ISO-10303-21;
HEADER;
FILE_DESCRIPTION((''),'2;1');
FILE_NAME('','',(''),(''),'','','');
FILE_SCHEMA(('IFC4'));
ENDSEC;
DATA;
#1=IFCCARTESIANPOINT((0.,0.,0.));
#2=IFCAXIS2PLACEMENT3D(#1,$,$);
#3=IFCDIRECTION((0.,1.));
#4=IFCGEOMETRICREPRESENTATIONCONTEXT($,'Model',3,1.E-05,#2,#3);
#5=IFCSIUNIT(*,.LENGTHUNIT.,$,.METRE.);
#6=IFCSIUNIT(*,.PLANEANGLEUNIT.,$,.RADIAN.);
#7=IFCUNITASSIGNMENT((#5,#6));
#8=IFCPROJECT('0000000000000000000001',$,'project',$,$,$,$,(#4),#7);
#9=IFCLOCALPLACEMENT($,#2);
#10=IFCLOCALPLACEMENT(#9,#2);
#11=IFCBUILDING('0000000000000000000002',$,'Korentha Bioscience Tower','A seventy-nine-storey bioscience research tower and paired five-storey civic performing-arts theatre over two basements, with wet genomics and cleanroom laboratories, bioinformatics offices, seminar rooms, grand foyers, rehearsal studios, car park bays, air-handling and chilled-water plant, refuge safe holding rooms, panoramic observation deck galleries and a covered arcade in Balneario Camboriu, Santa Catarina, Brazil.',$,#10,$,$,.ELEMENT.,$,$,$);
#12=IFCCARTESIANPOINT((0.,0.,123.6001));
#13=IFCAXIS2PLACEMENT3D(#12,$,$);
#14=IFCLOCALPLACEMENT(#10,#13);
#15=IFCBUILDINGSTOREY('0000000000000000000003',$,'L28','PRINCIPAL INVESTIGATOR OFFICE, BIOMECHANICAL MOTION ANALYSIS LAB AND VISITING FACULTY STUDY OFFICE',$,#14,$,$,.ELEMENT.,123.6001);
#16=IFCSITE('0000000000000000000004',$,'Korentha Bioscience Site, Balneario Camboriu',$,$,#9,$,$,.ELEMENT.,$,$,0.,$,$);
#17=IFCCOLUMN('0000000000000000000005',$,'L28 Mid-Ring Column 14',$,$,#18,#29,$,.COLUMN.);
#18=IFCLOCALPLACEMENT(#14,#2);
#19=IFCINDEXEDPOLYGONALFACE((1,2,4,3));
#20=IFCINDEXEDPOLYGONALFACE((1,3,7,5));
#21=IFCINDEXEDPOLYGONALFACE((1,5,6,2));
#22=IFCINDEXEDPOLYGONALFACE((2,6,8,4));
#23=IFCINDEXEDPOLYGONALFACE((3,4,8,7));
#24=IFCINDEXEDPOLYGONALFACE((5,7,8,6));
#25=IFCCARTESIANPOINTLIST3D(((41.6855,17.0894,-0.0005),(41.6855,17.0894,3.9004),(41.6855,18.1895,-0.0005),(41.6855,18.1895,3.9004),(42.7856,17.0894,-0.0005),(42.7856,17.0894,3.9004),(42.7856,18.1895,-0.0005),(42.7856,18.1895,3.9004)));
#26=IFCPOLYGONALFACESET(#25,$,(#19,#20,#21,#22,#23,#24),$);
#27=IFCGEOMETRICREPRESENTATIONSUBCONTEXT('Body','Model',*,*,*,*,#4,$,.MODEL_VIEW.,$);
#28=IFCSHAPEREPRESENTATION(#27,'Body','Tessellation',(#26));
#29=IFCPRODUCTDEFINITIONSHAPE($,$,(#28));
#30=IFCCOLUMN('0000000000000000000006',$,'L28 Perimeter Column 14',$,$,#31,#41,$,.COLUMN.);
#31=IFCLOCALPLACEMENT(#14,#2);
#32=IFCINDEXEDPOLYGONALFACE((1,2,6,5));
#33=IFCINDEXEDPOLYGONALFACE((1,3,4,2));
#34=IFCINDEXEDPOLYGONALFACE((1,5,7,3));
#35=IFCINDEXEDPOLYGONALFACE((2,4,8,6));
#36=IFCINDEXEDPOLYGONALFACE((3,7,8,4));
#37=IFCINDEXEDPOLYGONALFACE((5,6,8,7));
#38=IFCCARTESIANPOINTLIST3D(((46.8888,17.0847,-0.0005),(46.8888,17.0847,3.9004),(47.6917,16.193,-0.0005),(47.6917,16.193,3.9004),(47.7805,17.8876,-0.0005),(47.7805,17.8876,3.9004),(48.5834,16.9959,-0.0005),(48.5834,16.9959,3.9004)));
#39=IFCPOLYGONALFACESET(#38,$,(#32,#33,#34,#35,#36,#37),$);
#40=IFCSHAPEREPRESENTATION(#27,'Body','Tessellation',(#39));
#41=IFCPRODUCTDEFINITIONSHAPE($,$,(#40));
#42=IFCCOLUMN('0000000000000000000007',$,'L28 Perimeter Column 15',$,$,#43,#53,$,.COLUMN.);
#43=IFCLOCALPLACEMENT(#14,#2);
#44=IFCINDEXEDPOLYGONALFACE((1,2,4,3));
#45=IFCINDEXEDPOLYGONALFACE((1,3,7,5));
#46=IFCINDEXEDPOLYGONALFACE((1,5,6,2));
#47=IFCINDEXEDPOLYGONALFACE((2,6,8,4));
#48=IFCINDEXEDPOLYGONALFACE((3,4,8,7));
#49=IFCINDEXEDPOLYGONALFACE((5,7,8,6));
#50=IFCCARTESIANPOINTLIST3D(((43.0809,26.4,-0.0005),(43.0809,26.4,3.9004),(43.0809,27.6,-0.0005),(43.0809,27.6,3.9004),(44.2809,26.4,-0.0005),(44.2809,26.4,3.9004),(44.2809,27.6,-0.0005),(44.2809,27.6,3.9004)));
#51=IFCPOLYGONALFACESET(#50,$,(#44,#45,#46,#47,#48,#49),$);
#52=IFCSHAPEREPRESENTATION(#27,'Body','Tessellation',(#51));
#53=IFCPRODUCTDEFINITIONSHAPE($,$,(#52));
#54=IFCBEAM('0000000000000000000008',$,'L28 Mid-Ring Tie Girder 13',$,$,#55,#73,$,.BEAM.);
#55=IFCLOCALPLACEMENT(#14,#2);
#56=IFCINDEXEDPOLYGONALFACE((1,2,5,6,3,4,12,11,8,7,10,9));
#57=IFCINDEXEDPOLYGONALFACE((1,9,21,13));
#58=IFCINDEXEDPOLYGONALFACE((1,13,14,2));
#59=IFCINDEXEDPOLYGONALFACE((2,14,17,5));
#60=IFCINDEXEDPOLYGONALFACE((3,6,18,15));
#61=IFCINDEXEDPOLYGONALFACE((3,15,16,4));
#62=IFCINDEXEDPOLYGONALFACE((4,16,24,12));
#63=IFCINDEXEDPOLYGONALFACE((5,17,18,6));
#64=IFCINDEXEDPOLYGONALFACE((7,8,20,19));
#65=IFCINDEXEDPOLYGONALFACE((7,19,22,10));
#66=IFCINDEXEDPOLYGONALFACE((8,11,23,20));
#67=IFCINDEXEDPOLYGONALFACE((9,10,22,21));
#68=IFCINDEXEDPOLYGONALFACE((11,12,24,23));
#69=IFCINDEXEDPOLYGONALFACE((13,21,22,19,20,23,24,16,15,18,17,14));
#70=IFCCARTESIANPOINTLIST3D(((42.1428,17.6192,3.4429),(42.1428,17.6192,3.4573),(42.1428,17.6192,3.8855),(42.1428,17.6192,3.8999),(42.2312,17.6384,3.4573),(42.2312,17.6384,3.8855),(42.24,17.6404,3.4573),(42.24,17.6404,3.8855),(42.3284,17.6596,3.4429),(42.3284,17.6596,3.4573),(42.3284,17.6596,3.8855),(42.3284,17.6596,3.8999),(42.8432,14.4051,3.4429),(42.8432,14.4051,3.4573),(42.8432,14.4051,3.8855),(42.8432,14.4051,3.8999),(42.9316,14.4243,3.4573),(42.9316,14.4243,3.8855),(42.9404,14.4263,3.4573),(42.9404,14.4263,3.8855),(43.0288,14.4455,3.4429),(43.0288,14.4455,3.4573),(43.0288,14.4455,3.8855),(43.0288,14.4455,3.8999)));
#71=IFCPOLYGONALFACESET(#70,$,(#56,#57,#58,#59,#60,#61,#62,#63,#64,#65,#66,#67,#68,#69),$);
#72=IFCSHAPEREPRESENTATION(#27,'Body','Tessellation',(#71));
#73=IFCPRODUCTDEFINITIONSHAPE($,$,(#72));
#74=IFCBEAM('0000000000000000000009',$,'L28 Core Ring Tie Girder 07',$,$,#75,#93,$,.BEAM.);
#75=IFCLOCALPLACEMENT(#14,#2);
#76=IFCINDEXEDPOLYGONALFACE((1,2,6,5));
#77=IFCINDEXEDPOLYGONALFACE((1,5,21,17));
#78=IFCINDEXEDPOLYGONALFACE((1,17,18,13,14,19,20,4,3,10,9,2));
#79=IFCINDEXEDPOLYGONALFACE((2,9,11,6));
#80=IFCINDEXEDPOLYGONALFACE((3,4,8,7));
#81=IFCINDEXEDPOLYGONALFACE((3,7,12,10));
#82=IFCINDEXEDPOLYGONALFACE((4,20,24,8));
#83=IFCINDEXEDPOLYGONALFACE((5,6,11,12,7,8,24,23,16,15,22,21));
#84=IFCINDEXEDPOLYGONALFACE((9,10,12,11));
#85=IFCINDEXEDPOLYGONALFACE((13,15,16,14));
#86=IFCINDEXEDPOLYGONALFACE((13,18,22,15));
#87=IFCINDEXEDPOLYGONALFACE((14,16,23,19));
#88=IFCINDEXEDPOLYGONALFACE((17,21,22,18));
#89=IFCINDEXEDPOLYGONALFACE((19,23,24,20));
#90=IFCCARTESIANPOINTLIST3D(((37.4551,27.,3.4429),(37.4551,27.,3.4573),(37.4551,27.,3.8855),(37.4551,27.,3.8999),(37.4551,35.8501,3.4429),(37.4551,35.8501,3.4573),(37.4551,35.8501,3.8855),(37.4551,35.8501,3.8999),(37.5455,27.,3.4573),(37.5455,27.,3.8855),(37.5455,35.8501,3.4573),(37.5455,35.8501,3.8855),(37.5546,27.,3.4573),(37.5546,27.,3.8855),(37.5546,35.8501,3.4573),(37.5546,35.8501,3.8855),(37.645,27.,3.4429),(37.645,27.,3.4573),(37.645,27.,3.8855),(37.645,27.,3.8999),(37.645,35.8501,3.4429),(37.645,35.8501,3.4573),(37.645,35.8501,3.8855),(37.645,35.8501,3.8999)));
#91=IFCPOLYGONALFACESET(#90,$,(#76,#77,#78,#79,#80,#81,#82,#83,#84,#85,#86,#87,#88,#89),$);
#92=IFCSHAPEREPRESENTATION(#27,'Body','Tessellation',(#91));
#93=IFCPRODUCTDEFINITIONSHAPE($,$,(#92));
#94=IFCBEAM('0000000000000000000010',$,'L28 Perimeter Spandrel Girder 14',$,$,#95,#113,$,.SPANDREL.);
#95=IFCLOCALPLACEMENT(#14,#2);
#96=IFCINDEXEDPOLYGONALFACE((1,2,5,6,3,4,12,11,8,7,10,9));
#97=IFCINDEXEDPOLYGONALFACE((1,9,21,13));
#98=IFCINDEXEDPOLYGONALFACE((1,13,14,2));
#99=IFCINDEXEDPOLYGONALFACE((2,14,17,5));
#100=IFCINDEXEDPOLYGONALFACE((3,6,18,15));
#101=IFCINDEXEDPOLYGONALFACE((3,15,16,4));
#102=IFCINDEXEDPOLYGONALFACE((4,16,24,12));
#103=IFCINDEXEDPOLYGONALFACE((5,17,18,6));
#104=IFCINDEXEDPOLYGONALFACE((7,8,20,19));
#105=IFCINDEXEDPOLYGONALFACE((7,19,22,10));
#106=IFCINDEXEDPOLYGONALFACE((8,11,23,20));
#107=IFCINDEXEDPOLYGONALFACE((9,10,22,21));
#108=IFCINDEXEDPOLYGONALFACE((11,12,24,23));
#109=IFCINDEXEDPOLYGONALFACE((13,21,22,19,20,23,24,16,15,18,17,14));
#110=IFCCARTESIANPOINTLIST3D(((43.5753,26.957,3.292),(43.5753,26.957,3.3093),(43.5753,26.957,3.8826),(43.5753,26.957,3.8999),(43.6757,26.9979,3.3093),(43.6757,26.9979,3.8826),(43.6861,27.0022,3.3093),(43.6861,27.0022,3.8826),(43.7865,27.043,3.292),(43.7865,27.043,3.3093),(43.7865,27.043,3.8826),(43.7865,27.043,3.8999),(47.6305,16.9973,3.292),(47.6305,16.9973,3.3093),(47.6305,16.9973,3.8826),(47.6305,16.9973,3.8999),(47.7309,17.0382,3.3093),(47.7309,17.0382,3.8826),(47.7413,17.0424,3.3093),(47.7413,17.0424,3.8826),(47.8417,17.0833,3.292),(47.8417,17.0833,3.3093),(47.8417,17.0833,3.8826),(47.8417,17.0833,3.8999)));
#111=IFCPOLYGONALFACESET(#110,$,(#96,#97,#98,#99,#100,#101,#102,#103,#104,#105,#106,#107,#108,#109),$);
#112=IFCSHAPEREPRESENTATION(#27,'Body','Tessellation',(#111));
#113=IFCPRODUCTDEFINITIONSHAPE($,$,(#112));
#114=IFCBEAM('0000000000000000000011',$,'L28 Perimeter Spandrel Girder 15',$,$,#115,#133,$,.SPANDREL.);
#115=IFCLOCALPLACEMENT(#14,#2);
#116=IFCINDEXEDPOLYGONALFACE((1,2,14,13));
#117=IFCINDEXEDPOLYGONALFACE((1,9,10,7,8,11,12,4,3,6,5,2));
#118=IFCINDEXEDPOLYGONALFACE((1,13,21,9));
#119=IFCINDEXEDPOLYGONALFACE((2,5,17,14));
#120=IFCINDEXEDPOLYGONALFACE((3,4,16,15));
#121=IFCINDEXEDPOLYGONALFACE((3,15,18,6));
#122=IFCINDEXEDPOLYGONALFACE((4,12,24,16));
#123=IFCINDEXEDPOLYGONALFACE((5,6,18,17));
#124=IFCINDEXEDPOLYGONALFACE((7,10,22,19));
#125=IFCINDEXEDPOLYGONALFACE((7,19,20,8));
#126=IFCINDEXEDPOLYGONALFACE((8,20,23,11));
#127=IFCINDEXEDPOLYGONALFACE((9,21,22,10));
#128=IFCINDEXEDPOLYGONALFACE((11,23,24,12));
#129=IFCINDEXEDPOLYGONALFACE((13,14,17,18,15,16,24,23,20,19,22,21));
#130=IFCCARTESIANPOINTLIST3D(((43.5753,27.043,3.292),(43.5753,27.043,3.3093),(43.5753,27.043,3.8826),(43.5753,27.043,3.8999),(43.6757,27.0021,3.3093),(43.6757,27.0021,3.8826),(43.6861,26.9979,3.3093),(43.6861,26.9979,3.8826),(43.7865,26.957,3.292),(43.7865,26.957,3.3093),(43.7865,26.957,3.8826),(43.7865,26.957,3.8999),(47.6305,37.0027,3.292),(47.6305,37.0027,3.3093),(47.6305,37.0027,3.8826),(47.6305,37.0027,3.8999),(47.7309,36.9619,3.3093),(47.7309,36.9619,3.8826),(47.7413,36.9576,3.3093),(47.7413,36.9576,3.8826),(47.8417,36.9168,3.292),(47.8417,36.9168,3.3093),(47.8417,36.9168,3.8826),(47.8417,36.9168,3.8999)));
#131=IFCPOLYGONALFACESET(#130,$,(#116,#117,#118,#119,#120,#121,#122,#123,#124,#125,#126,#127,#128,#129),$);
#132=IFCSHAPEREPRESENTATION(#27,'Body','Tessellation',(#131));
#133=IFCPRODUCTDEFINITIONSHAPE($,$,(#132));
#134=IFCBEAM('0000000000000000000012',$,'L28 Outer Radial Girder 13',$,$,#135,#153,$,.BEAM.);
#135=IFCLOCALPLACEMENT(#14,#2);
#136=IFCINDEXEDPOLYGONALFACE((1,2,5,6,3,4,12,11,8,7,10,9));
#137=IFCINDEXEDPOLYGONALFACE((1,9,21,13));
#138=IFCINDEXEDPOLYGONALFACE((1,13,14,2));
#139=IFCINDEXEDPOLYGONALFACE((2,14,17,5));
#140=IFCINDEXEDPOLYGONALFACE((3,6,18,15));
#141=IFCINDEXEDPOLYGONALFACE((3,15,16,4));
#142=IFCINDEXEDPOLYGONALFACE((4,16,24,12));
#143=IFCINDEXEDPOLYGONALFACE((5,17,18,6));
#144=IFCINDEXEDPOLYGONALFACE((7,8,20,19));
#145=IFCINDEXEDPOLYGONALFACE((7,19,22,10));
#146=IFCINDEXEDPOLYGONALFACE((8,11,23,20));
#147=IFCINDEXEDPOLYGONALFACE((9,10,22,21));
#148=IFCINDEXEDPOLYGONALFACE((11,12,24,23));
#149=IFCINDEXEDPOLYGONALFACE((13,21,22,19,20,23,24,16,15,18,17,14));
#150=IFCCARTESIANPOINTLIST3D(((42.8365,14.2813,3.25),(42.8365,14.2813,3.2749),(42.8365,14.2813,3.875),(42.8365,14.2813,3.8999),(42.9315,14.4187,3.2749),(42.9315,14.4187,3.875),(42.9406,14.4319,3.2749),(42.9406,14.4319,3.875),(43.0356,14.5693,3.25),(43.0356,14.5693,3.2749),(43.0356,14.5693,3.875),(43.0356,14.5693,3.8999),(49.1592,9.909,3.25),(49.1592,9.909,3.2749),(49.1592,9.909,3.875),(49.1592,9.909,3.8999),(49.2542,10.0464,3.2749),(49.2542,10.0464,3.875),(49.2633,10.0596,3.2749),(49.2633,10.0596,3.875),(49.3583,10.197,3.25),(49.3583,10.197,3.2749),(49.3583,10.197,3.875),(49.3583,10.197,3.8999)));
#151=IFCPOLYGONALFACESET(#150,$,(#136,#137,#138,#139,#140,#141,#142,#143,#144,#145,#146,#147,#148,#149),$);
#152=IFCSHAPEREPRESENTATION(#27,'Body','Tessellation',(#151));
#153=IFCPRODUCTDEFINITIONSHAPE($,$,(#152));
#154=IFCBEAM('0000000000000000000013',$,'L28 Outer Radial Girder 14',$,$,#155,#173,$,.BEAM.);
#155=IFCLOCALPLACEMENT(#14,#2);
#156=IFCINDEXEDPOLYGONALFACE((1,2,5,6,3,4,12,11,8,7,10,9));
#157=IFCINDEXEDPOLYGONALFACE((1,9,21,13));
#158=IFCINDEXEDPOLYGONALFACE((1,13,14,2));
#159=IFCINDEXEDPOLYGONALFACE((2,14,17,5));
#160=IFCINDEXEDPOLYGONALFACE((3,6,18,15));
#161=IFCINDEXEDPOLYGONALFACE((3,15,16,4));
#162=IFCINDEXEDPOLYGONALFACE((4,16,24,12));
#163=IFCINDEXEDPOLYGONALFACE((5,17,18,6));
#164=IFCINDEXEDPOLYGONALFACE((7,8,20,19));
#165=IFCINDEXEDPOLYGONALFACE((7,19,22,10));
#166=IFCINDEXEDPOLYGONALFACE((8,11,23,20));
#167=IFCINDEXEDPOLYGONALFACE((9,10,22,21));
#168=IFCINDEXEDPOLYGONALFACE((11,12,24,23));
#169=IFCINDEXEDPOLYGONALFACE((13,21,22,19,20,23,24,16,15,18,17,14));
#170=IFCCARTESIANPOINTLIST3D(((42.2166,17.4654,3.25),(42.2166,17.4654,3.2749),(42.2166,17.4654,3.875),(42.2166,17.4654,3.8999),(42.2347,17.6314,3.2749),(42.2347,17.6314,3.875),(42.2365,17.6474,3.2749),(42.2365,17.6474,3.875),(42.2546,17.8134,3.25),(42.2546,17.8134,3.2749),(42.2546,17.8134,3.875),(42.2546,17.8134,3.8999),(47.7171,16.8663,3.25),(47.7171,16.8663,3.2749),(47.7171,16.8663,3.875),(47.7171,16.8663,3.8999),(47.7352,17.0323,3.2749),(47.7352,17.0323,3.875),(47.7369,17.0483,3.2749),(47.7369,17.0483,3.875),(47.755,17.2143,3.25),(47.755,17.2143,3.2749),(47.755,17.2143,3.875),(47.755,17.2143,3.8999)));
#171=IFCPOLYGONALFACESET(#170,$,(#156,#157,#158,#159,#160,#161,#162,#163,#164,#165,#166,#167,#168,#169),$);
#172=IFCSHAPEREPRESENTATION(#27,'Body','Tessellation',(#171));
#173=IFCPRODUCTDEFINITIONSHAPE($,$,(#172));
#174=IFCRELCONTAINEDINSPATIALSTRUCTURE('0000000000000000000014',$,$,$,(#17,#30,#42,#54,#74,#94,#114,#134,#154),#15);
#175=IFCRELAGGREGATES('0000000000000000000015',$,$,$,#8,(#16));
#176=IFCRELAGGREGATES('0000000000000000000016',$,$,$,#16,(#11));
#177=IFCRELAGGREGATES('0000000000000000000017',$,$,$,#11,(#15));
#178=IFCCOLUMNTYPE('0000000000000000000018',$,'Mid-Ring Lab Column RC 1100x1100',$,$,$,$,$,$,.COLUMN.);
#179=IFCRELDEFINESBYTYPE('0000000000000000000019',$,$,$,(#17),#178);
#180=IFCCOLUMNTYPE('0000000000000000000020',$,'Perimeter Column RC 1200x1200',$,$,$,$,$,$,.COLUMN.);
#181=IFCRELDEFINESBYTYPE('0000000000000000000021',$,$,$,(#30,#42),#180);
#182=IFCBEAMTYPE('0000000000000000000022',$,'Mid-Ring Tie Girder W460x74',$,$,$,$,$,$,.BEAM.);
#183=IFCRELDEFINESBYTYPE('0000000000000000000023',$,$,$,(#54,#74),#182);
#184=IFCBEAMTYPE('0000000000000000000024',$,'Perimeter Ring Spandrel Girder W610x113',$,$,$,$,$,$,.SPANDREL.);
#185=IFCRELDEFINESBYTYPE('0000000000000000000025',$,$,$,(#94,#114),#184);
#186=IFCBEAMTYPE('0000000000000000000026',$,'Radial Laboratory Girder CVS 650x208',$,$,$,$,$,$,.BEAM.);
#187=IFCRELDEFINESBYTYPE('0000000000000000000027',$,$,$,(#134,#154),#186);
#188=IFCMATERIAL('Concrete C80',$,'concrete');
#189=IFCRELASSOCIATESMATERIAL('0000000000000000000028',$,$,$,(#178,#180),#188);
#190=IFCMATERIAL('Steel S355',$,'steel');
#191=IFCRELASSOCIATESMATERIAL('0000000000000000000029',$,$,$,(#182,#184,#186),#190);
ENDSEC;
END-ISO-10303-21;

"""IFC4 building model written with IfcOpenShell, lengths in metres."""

from ifc_helpers import new_model, si_unit, direction, frame, origin, origin_2d, place, context, subcontext, project, spatial, rectangle, i_section, extrude, material, material_profile, profile_set, type_object, element, save


model = new_model("IFC4")

# Units and contexts
model_context = context("Model", 3, precision=1e-05, world=origin(), true_north=direction((0.0, 1.0)))
body_context = subcontext(model_context, "Body", "Model", "MODEL_VIEW")
ifc_project = project(units=[si_unit("LENGTHUNIT", "METRE"), si_unit("PLANEANGLEUNIT", "RADIAN")], contexts=[model_context])

# Site, building, storey
site_placement = place(None, origin())
site = spatial("IfcSite", under=ifc_project, at=site_placement, Name="Korentha Bioscience Site, Balneario Camboriu", CompositionType="ELEMENT", RefElevation=0.0)
building_placement = place(site_placement, origin())
building = spatial("IfcBuilding", under=site, at=building_placement, Name="Korentha Bioscience Tower", Description="A seventy-nine-storey bioscience research tower and paired five-storey civic performing-arts theatre over two basements, with wet genomics and cleanroom laboratories, bioinformatics offices, seminar rooms, grand foyers, rehearsal studios, car park bays, air-handling and chilled-water plant, refuge safe holding rooms, panoramic observation deck galleries and a covered arcade in Balneario Camboriu, Santa Catarina, Brazil.", CompositionType="ELEMENT")
storey_placement = place(building_placement, frame((0.0, 0.0, 123.6001)))
storey = spatial("IfcBuildingStorey", under=building, at=storey_placement, Name="L28", Description="PRINCIPAL INVESTIGATOR OFFICE, BIOMECHANICAL MOTION ANALYSIS LAB AND VISITING FACULTY STUDY OFFICE", CompositionType="ELEMENT", Elevation=123.6001)

# Columns
ifc_material_1 = material(Name="Concrete C80", Category="concrete")
ifc_material_profile_1 = material_profile(ifc_material_1, rectangle(XDim=1.1001, YDim=1.1001, at=origin_2d()), Name="Concrete C80")
ifc_profile_set_1 = profile_set([ifc_material_profile_1], Name="Concrete C80 (COL-MR11)")
column_type_1 = type_object("IfcColumnType", Name="Mid-Ring Lab Column RC 1100x1100", PredefinedType="COLUMN", material=ifc_profile_set_1)
column_placement = place(storey_placement, frame((42.2356, 17.6394, -0.0005), z_axis=(0.0, 0.0, 1.0), x_axis=(1.0, 0.0, 0.0)))
element("IfcColumn", 1, at=column_placement, inside=storey, type_object=column_type_1, Name="L28 Mid-Ring Column 14", PredefinedType="COLUMN", context=body_context, shape_type="SweptSolid", body=[
    extrude(rectangle(XDim=1.1001, YDim=1.1001, at=origin_2d()), origin(), (0.0, 0.0, 1.0), 3.9009),
])
ifc_material_profile_2 = material_profile(ifc_material_1, rectangle(XDim=1.2, YDim=1.2, at=origin_2d()), Name="Concrete C80")
ifc_profile_set_2 = profile_set([ifc_material_profile_2], Name="Concrete C80 (COL-P12)")
column_type_2 = type_object("IfcColumnType", Name="Perimeter Column RC 1200x1200", PredefinedType="COLUMN", material=ifc_profile_set_2)
for number, where, z_axis, x_axis, name in (
    (2, (47.7361, 17.0403, -0.0005), (0.0, 0.0, 1.0), (-0.669131, 0.743145, 0.0), "L28 Perimeter Column 14"),
    (3, (43.6809, 27.0, -0.0005), (0.0, 0.0, 1.0), (0.0, 1.0, 0.0), "L28 Perimeter Column 15"),
):
    element("IfcColumn", number, at=place(storey_placement, frame(where, z_axis=z_axis, x_axis=x_axis)), inside=storey, type_object=column_type_2, Name=name, PredefinedType="COLUMN", context=body_context, shape_type="SweptSolid", body=[
        extrude(rectangle(XDim=1.2, YDim=1.2, at=origin_2d()), origin(), (0.0, 0.0, 1.0), 3.9009),
    ])

# Beams
ifc_material_2 = material(Name="Steel S355", Category="steel")
ifc_material_profile_3 = material_profile(ifc_material_2, i_section(OverallWidth=0.1899, OverallDepth=0.457, WebThickness=0.009, FlangeThickness=0.0144, at=origin_2d()), Name="Steel S355")
ifc_profile_set_3 = profile_set([ifc_material_profile_3], Name="Steel S355 (MB-460)")
beam_type_1 = type_object("IfcBeamType", Name="Mid-Ring Tie Girder W460x74", PredefinedType="BEAM", material=ifc_profile_set_3)
beam_1_placement = place(storey_placement, frame((42.936, 14.4253, 3.6714), z_axis=(-0.212929, 0.977068, 0.0), x_axis=(-0.977068, -0.212929, 0.0)))
element("IfcBeam", 4, at=beam_1_placement, inside=storey, type_object=beam_type_1, Name="L28 Mid-Ring Tie Girder 13", PredefinedType="BEAM", context=body_context, shape_type="SweptSolid", body=[
    extrude(i_section(OverallWidth=0.1899, OverallDepth=0.457, WebThickness=0.009, FlangeThickness=0.0144, at=origin_2d()), origin(), (0.0, 0.0, 1.0), 3.2896),
])
beam_2_placement = place(storey_placement, frame((37.55, 27.0, 3.6714), z_axis=(0.0, 1.0, 0.0), x_axis=(-1.0, 0.0, 0.0)))
element("IfcBeam", 5, at=beam_2_placement, inside=storey, type_object=beam_type_1, Name="L28 Core Ring Tie Girder 07", PredefinedType="BEAM", context=body_context, shape_type="SweptSolid", body=[
    extrude(i_section(OverallWidth=0.1899, OverallDepth=0.457, WebThickness=0.009, FlangeThickness=0.0144, at=origin_2d()), origin(), (0.0, 0.0, 1.0), 8.8501),
])
ifc_material_profile_4 = material_profile(ifc_material_2, i_section(OverallWidth=0.228, OverallDepth=0.6079, WebThickness=0.0112, FlangeThickness=0.0173, at=origin_2d()), Name="Steel S355")
ifc_profile_set_4 = profile_set([ifc_material_profile_4], Name="Steel S355 (SB-610)")
beam_type_2 = type_object("IfcBeamType", Name="Perimeter Ring Spandrel Girder W610x113", PredefinedType="SPANDREL", material=ifc_profile_set_4)
for number, where, z_axis, x_axis, name in (
    (6, (47.7361, 17.0403, 3.5959), (-0.377099, 0.926173, 0.0), (-0.926173, -0.377099, 0.0), "L28 Perimeter Spandrel Girder 14"),
    (7, (43.6809, 27.0, 3.5959), (0.377099, 0.926173, 0.0), (-0.926173, 0.377099, 0.0), "L28 Perimeter Spandrel Girder 15"),
):
    element("IfcBeam", number, at=place(storey_placement, frame(where, z_axis=z_axis, x_axis=x_axis)), inside=storey, type_object=beam_type_2, Name=name, PredefinedType="SPANDREL", context=body_context, shape_type="SweptSolid", body=[
        extrude(i_section(OverallWidth=0.228, OverallDepth=0.6079, WebThickness=0.0112, FlangeThickness=0.0173, at=origin_2d()), origin(), (0.0, 0.0, 1.0), 10.7537),
    ])
ifc_material_profile_5 = material_profile(ifc_material_2, i_section(OverallWidth=0.3501, OverallDepth=0.6499, WebThickness=0.0161, FlangeThickness=0.0249, at=origin_2d()), Name="Steel S355")
ifc_profile_set_5 = profile_set([ifc_material_profile_5], Name="Steel S355 (RB-650)")
beam_type_3 = type_object("IfcBeamType", Name="Radial Laboratory Girder CVS 650x208", PredefinedType="BEAM", material=ifc_profile_set_5)
beam_3_placement = place(storey_placement, frame((42.936, 14.4253, 3.575), z_axis=(0.822495, -0.568772, 0.0), x_axis=(0.568772, 0.822495, 0.0)))
element("IfcBeam", 8, at=beam_3_placement, inside=storey, type_object=beam_type_3, Name="L28 Outer Radial Girder 13", PredefinedType="BEAM", context=body_context, shape_type="SweptSolid", body=[
    extrude(i_section(OverallWidth=0.3501, OverallDepth=0.6499, WebThickness=0.0161, FlangeThickness=0.0249, at=origin_2d()), origin(), (0.0, 0.0, 1.0), 7.6873),
])
beam_4_placement = place(storey_placement, frame((42.2356, 17.6394, 3.575), z_axis=(0.99412, -0.108281, 0.0), x_axis=(0.108281, 0.99412, 0.0)))
element("IfcBeam", 9, at=beam_4_placement, inside=storey, type_object=beam_type_3, Name="L28 Outer Radial Girder 14", PredefinedType="BEAM", context=body_context, shape_type="SweptSolid", body=[
    extrude(i_section(OverallWidth=0.3501, OverallDepth=0.6499, WebThickness=0.0161, FlangeThickness=0.0249, at=origin_2d()), origin(), (0.0, 0.0, 1.0), 5.533),
])

save(model, "model.ifc")
